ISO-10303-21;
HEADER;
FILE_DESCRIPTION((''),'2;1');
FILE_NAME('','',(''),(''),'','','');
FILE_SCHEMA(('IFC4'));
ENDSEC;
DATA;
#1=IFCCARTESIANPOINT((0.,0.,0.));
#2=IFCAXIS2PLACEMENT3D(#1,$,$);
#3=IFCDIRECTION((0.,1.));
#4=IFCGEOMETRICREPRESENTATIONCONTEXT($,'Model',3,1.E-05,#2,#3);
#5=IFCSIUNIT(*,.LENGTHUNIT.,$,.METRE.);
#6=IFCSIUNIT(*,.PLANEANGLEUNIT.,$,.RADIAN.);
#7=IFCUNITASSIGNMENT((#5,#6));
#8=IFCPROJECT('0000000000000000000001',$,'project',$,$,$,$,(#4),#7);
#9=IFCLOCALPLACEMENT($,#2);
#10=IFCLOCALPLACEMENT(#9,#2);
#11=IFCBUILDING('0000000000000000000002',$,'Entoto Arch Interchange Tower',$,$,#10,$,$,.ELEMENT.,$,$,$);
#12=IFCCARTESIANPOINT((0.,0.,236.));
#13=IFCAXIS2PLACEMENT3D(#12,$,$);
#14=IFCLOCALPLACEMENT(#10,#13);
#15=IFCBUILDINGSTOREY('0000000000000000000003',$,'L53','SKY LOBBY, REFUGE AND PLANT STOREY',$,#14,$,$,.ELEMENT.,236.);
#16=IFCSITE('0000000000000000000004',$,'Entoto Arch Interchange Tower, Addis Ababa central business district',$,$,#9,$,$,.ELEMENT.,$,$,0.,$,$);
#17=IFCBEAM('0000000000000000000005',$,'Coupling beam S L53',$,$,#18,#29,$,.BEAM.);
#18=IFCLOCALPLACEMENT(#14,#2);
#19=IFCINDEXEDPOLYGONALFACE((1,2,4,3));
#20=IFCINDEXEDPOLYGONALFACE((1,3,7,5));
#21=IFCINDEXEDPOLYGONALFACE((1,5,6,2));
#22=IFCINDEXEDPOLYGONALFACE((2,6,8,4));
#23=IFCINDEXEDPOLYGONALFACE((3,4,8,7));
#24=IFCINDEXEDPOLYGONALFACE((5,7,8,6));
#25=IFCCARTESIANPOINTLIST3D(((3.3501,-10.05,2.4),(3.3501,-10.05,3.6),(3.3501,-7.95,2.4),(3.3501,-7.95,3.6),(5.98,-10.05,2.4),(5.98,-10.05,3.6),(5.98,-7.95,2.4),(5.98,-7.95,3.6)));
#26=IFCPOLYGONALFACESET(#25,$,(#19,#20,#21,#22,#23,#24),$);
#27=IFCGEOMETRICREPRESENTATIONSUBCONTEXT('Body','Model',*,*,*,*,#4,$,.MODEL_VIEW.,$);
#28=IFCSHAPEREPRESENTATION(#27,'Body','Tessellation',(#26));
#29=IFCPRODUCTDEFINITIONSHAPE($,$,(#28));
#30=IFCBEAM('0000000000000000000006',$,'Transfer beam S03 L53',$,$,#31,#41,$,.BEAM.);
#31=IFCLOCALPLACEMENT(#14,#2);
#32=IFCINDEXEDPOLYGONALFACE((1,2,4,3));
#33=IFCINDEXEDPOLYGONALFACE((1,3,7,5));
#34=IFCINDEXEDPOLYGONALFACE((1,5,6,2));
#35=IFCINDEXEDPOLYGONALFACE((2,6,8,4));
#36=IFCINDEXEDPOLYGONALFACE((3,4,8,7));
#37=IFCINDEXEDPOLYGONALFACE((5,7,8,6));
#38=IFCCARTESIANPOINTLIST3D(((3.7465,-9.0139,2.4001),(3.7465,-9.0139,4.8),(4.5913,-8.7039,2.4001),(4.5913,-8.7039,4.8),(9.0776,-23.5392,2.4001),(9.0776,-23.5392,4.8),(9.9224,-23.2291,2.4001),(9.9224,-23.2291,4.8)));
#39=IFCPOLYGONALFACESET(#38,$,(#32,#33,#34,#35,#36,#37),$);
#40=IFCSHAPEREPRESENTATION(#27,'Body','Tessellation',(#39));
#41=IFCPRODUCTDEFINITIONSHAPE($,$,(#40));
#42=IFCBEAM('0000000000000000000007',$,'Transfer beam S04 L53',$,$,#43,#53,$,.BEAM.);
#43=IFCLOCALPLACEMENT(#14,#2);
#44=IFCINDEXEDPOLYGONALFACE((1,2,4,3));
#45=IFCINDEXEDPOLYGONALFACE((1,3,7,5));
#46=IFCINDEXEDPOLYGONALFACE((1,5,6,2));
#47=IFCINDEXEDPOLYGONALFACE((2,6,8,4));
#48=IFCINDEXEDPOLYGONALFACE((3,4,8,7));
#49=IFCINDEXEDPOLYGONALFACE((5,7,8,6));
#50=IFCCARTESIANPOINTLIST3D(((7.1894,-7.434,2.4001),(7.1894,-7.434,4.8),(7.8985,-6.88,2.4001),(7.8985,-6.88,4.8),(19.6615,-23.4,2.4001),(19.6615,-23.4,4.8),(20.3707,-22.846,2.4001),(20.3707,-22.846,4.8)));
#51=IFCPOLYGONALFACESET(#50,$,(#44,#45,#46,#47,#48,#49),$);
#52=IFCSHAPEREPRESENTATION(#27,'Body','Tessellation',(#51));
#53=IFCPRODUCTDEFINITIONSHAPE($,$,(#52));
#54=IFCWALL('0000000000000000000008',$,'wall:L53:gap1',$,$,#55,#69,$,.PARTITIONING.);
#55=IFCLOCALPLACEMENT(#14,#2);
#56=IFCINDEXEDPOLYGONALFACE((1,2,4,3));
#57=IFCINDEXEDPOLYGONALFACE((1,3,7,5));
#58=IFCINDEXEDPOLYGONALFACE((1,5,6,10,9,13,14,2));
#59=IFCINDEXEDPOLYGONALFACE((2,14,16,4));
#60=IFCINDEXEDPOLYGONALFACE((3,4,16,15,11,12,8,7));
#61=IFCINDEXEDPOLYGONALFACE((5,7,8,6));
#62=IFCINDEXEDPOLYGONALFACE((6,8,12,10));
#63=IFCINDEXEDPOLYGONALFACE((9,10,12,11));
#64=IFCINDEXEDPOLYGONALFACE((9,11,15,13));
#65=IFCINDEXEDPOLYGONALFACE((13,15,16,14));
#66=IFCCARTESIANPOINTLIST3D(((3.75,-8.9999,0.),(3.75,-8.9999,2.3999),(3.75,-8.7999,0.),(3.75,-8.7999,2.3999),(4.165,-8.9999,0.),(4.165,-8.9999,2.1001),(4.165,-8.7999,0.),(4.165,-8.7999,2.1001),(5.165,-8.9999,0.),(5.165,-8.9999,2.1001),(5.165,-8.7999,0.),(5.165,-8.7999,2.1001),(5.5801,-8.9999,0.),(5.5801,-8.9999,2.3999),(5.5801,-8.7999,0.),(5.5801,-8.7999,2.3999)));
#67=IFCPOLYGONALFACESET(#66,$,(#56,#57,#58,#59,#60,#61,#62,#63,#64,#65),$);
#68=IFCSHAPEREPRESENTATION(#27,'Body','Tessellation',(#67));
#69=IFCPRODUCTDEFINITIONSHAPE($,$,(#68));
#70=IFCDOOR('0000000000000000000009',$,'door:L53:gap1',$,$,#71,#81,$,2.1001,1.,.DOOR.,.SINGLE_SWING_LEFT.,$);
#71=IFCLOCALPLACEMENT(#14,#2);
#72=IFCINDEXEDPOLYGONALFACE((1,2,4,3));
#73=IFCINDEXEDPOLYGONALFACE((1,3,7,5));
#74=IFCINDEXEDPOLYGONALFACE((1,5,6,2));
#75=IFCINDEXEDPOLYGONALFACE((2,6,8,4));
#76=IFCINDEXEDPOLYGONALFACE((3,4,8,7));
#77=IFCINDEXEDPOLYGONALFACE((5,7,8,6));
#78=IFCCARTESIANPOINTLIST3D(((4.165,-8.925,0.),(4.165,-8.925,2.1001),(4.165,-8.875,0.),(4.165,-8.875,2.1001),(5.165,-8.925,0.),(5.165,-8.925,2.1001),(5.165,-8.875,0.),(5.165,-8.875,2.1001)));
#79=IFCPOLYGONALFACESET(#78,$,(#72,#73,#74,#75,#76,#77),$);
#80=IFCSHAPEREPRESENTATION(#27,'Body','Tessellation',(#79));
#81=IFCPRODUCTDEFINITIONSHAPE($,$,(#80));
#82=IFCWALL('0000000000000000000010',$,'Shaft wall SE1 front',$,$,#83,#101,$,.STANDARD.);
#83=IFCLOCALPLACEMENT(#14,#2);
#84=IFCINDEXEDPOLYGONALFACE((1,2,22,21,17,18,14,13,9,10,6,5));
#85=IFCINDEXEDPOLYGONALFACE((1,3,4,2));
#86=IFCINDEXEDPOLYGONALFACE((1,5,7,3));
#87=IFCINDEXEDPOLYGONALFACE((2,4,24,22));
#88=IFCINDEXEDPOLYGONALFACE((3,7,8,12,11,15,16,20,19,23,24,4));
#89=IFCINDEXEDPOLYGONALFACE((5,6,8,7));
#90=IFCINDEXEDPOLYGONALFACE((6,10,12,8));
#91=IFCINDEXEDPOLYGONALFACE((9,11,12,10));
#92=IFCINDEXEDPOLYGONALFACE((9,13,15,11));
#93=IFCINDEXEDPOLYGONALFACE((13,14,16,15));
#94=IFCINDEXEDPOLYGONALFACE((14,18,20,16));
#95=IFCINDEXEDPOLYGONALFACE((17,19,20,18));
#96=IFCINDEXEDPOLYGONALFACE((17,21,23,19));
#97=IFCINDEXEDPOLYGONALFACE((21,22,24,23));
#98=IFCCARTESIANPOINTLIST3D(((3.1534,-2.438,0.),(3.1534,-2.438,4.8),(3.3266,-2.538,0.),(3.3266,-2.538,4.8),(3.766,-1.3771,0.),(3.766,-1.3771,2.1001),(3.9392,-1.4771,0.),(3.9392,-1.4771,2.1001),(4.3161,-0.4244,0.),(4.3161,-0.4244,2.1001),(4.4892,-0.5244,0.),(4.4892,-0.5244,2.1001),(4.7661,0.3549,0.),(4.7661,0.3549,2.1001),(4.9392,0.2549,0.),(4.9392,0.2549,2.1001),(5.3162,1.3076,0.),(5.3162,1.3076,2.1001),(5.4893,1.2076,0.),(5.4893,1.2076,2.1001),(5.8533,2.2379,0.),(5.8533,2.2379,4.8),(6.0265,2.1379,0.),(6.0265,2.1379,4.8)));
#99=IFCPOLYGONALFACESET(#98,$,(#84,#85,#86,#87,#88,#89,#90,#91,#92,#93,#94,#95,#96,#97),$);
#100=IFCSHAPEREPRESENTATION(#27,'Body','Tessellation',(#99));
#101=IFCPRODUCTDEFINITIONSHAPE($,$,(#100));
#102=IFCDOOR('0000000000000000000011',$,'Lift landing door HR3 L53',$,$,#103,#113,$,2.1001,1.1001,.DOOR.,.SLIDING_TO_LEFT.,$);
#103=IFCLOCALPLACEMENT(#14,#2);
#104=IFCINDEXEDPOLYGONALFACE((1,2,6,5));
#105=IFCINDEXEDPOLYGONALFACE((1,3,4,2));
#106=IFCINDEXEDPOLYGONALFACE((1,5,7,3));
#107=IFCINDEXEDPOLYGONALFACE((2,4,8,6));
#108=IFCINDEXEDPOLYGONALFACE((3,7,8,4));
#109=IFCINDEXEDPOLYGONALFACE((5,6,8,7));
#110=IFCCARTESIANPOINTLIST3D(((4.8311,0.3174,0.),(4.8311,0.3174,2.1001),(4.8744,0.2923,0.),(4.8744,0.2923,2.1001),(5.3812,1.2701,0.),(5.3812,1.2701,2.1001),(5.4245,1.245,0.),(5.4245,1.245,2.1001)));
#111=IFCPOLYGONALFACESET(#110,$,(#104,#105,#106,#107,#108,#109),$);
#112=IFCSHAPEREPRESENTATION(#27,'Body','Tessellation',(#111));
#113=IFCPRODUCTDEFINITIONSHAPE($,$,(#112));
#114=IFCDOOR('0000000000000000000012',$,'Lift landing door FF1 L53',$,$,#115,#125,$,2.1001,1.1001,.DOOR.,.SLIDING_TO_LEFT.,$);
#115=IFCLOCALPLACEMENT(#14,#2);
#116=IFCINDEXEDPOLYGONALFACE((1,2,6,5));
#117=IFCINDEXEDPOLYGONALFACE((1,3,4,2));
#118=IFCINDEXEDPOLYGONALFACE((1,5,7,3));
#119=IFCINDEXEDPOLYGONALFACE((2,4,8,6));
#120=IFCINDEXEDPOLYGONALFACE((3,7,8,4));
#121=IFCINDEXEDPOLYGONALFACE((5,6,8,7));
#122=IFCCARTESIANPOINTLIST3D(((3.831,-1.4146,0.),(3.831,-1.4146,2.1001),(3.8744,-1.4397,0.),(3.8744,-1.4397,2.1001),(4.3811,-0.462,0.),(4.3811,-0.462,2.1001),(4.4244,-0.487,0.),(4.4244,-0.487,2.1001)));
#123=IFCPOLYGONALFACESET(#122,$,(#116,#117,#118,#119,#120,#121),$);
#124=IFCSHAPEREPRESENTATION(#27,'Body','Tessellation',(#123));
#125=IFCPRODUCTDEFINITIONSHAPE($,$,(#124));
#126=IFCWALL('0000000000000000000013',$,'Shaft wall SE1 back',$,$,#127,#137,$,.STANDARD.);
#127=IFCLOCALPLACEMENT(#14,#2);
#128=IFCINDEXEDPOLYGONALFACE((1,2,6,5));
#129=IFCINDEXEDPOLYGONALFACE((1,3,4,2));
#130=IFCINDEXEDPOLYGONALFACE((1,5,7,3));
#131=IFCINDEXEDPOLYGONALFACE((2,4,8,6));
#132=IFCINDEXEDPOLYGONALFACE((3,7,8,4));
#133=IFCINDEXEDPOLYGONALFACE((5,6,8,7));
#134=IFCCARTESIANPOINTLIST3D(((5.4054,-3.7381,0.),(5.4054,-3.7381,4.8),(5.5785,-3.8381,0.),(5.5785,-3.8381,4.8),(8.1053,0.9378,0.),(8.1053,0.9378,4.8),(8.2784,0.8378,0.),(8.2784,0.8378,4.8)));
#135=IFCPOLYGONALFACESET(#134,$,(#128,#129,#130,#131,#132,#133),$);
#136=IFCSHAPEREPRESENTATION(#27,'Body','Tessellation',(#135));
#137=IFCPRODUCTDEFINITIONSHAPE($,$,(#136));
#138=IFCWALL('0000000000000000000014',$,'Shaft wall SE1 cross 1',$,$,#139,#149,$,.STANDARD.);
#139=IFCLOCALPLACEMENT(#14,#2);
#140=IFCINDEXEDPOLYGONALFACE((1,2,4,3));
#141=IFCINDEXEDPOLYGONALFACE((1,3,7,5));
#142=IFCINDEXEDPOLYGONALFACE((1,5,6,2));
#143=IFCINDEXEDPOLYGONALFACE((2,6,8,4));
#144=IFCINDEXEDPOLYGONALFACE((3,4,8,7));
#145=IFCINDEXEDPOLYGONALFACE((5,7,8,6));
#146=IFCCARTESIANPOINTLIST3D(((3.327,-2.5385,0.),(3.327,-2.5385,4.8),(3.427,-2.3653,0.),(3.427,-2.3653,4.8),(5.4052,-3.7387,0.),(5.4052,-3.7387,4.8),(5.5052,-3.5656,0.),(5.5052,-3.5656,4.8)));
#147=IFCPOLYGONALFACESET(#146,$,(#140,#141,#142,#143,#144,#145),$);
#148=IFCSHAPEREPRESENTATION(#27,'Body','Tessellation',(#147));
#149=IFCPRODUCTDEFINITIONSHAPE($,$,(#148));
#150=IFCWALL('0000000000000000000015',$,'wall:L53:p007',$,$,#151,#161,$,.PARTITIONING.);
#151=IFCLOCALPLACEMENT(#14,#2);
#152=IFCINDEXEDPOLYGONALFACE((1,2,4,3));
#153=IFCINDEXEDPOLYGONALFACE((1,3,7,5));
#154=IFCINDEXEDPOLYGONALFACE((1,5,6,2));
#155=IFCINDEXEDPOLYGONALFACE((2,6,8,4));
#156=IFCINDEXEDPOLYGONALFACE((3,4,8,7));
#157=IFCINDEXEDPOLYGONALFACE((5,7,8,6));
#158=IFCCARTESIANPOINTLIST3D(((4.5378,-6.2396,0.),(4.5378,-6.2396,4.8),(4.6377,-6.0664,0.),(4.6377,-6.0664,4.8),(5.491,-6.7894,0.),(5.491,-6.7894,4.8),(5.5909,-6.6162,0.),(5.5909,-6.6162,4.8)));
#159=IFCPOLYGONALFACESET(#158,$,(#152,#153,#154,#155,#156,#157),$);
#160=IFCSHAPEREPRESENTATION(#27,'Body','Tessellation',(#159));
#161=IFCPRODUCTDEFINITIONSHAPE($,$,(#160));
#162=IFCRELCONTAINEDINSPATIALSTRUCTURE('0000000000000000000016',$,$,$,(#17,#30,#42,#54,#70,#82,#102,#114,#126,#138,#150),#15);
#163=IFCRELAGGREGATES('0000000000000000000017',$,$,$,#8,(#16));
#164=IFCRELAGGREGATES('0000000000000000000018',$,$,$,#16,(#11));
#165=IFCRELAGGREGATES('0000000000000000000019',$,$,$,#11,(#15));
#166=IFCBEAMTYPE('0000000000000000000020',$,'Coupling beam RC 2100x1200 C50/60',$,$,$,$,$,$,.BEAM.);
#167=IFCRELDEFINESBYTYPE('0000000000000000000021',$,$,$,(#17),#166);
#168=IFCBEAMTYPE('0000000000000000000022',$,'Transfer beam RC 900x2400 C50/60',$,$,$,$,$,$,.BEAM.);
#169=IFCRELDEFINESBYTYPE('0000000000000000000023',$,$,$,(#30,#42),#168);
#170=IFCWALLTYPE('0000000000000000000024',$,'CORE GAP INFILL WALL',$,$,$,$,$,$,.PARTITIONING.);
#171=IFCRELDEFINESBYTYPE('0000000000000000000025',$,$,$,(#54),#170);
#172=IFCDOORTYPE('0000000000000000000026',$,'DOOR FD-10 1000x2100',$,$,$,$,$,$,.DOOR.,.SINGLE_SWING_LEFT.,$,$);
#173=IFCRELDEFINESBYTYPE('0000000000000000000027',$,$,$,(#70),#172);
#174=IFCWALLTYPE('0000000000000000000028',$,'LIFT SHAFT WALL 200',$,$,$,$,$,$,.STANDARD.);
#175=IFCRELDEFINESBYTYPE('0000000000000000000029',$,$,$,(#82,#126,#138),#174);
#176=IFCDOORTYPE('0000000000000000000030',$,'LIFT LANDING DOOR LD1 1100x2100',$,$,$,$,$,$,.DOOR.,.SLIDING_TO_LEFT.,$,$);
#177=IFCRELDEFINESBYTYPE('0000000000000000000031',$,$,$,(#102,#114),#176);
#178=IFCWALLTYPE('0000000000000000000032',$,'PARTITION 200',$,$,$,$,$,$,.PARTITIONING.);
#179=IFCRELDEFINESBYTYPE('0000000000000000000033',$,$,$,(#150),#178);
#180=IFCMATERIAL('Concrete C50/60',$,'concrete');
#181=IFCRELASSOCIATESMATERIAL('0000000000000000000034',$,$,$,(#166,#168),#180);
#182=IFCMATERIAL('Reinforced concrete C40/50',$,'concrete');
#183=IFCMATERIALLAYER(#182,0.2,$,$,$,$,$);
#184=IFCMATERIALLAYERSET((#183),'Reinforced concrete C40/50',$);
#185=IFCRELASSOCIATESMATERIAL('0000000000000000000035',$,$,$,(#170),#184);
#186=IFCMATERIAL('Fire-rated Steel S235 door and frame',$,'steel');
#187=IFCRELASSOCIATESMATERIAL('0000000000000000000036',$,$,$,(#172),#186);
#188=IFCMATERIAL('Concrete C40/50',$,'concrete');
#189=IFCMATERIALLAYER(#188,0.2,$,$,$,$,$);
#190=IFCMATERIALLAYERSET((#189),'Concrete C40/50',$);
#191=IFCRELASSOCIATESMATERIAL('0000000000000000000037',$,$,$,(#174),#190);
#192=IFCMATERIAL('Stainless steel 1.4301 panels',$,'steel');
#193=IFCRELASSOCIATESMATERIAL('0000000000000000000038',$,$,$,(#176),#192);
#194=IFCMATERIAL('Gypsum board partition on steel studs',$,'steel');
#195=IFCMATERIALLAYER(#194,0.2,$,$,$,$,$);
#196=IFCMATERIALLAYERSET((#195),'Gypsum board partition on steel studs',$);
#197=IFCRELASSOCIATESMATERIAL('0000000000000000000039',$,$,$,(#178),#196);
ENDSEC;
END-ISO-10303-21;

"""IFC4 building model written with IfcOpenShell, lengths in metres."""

from ifc_helpers import new_model, si_unit, direction, frame, frame_2d, origin, origin_2d, place, context, subcontext, project, spatial, rectangle, extrude, material, layer, layer_set, material_profile, profile_set, type_object, element, fill, save


model = new_model("IFC4")

# Units and contexts
model_context = context("Model", 3, precision=1e-05, world=origin(), true_north=direction((0.0, 1.0)))
body_context = subcontext(model_context, "Body", "Model", "MODEL_VIEW")
ifc_project = project(units=[si_unit("LENGTHUNIT", "METRE"), si_unit("PLANEANGLEUNIT", "RADIAN")], contexts=[model_context])

# Site, building, storey
site_placement = place(None, origin())
site = spatial("IfcSite", under=ifc_project, at=site_placement, Name="Entoto Arch Interchange Tower, Addis Ababa central business district", CompositionType="ELEMENT", RefElevation=0.0)
building_placement = place(site_placement, origin())
building = spatial("IfcBuilding", under=site, at=building_placement, Name="Entoto Arch Interchange Tower", CompositionType="ELEMENT")
storey_placement = place(building_placement, frame((0.0, 0.0, 236.0)))
storey = spatial("IfcBuildingStorey", under=building, at=storey_placement, Name="L53", Description="SKY LOBBY, REFUGE AND PLANT STOREY", CompositionType="ELEMENT", Elevation=236.0)

# Beams
ifc_material_1 = material(Name="Concrete C50/60", Category="concrete")
ifc_material_profile_1 = material_profile(ifc_material_1, rectangle(XDim=2.1001, YDim=1.2, at=origin_2d()))
ifc_profile_set_1 = profile_set([ifc_material_profile_1], Name="Concrete C50/60")
beam_type_1 = type_object("IfcBeamType", Name="Coupling beam RC 2100x1200 C50/60", PredefinedType="BEAM", material=ifc_profile_set_1)
beam_1_placement = place(storey_placement, frame((3.3501, -9.0, 3.0), z_axis=(1.0, 0.0, 0.0), x_axis=(0.0, 1.0, 0.0)))
element("IfcBeam", 1, at=beam_1_placement, inside=storey, type_object=beam_type_1, Name="Coupling beam S L53", PredefinedType="BEAM", context=body_context, shape_type="SweptSolid", body=[
    extrude(rectangle(XDim=2.1001, YDim=1.2, at=origin_2d()), origin(), (0.0, 0.0, 1.0), 2.6299),
])
ifc_material_profile_2 = material_profile(ifc_material_1, rectangle(XDim=0.8999, YDim=2.3999, at=origin_2d()))
ifc_profile_set_2 = profile_set([ifc_material_profile_2], Name="Concrete C50/60")
beam_type_2 = type_object("IfcBeamType", Name="Transfer beam RC 900x2400 C50/60", PredefinedType="BEAM", material=ifc_profile_set_2)
beam_2_placement = place(storey_placement, frame((4.1689, -8.8589, 3.6001), z_axis=(0.344549, -0.938768, 0.0), x_axis=(0.938768, 0.344549, 0.0)))
element("IfcBeam", 2, at=beam_2_placement, inside=storey, type_object=beam_type_2, Name="Transfer beam S03 L53", PredefinedType="BEAM", context=body_context, shape_type="SweptSolid", body=[
    extrude(rectangle(XDim=0.8999, YDim=2.3999, at=origin_2d()), origin(), (0.0, 0.0, 1.0), 15.4727),
])
beam_3_placement = place(storey_placement, frame((7.5439, -7.157, 3.6001), z_axis=(0.615604, -0.788056, 0.0), x_axis=(0.788056, 0.615604, 0.0)))
element("IfcBeam", 3, at=beam_3_placement, inside=storey, type_object=beam_type_2, Name="Transfer beam S04 L53", PredefinedType="BEAM", context=body_context, shape_type="SweptSolid", body=[
    extrude(rectangle(XDim=0.8999, YDim=2.3999, at=origin_2d()), origin(), (0.0, 0.0, 1.0), 20.26),
])

# Wall, opening, door
ifc_material_2 = material(Name="Reinforced concrete C40/50", Category="concrete")
ifc_layer_1 = layer(ifc_material_2, 0.2)
ifc_layer_set_1 = layer_set([ifc_layer_1], Name="Reinforced concrete C40/50")
wall_type_1 = type_object("IfcWallType", Name="CORE GAP INFILL WALL", PredefinedType="PARTITIONING", material=ifc_layer_set_1)
wall_1_placement = place(storey_placement, frame((3.75, -8.8999, 0.0), z_axis=(0.0, 0.0, 1.0), x_axis=(1.0, 0.0, 0.0)))
wall_1 = element("IfcWall", 4, at=wall_1_placement, inside=storey, type_object=wall_type_1, Name="wall:L53:gap1", PredefinedType="PARTITIONING", context=body_context, shape_type="SweptSolid", body=[
    extrude(rectangle(XDim=1.8301, YDim=0.2, at=frame_2d((0.915, 0.0))), origin(), (0.0, 0.0, 1.0), 2.3999),
])
opening_1_placement = place(wall_1_placement, frame((0.415, 0.0, 0.0)))
opening_1 = element("IfcOpeningElement", 5, at=opening_1_placement, cuts=wall_1, PredefinedType="OPENING", context=body_context, shape_type="SweptSolid", body=[
    extrude(rectangle(XDim=1.0, YDim=2.1001, at=frame_2d((0.5, 1.05))), frame((0.0, 0.1099, 0.0), z_axis=(0.0, -1.0, 0.0), x_axis=(1.0, 0.0, 0.0)), (0.0, 0.0, 1.0), 0.22),
])
ifc_material_3 = material(Name="Fire-rated Steel S235 door and frame", Category="steel")
door_type_1 = type_object("IfcDoorType", Name="DOOR FD-10 1000x2100", OperationType="SINGLE_SWING_LEFT", PredefinedType="DOOR", material=ifc_material_3)
door_1_placement = place(opening_1_placement, origin())
door_1 = element("IfcDoor", 6, at=door_1_placement, inside=storey, type_object=door_type_1, Name="door:L53:gap1", OperationType="SINGLE_SWING_LEFT", OverallHeight=2.1001, OverallWidth=1.0, PredefinedType="DOOR", context=body_context, shape_type="SweptSolid", body=[
    extrude(rectangle(XDim=1.0, YDim=2.1001, at=frame_2d((0.5, 1.05))), frame((0.0, 0.0249, 0.0), z_axis=(0.0, -1.0, 0.0), x_axis=(1.0, 0.0, 0.0)), (0.0, 0.0, 1.0), 0.05),
])
fill(opening_1, door_1)

# Wall, openings, doors
ifc_material_4 = material(Name="Concrete C40/50", Category="concrete")
ifc_layer_2 = layer(ifc_material_4, 0.2)
ifc_layer_set_2 = layer_set([ifc_layer_2], Name="Concrete C40/50")
wall_type_2 = type_object("IfcWallType", Name="LIFT SHAFT WALL 200", PredefinedType="STANDARD", material=ifc_layer_set_2)
wall_2_placement = place(storey_placement, frame((3.24, -2.488, 0.0), z_axis=(0.0, 0.0, 1.0), x_axis=(0.500034, 0.866006, 0.0)))
wall_2 = element("IfcWall", 7, at=wall_2_placement, inside=storey, type_object=wall_type_2, Name="Shaft wall SE1 front", PredefinedType="STANDARD", context=body_context, shape_type="SweptSolid", body=[
    extrude(rectangle(XDim=5.3994, YDim=0.2, at=frame_2d((2.6997, 0.0))), origin(), (0.0, 0.0, 1.0), 4.8),
])
opening_2_placement = place(wall_2_placement, frame((3.2251, 0.0, 0.0)))
opening_2 = element("IfcOpeningElement", 8, at=opening_2_placement, cuts=wall_2, PredefinedType="OPENING", context=body_context, shape_type="SweptSolid", body=[
    extrude(rectangle(XDim=1.1001, YDim=2.1001, at=frame_2d((0.55, 1.05))), frame((0.0, 0.1099, 0.0), z_axis=(0.0, -1.0, 0.0), x_axis=(1.0, 0.0, 0.0)), (0.0, 0.0, 1.0), 0.22),
])
opening_3_placement = place(wall_2_placement, frame((1.2251, 0.0, 0.0)))
opening_3 = element("IfcOpeningElement", 9, at=opening_3_placement, cuts=wall_2, PredefinedType="OPENING", context=body_context, shape_type="SweptSolid", body=[
    extrude(rectangle(XDim=1.1001, YDim=2.1001, at=frame_2d((0.55, 1.05))), frame((0.0, 0.1099, 0.0), z_axis=(0.0, -1.0, 0.0), x_axis=(1.0, 0.0, 0.0)), (0.0, 0.0, 1.0), 0.22),
])
ifc_material_5 = material(Name="Stainless steel 1.4301 panels", Category="steel")
door_type_2 = type_object("IfcDoorType", Name="LIFT LANDING DOOR LD1 1100x2100", OperationType="SLIDING_TO_LEFT", PredefinedType="DOOR", material=ifc_material_5)
door_2_placement = place(opening_2_placement, origin())
door_2 = element("IfcDoor", 10, at=door_2_placement, inside=storey, type_object=door_type_2, Name="Lift landing door HR3 L53", OperationType="SLIDING_TO_LEFT", OverallHeight=2.1001, OverallWidth=1.1001, PredefinedType="DOOR", context=body_context, shape_type="SweptSolid", body=[
    extrude(rectangle(XDim=1.1001, YDim=2.1001, at=frame_2d((0.55, 1.05))), frame((0.0, 0.0249, 0.0), z_axis=(0.0, -1.0, 0.0), x_axis=(1.0, 0.0, 0.0)), (0.0, 0.0, 1.0), 0.05),
])
fill(opening_2, door_2)
door_3_placement = place(opening_3_placement, origin())
door_3 = element("IfcDoor", 11, at=door_3_placement, inside=storey, type_object=door_type_2, Name="Lift landing door FF1 L53", OperationType="SLIDING_TO_LEFT", OverallHeight=2.1001, OverallWidth=1.1001, PredefinedType="DOOR", context=body_context, shape_type="SweptSolid", body=[
    extrude(rectangle(XDim=1.1001, YDim=2.1001, at=frame_2d((0.55, 1.05))), frame((0.0, 0.0249, 0.0), z_axis=(0.0, -1.0, 0.0), x_axis=(1.0, 0.0, 0.0)), (0.0, 0.0, 1.0), 0.05),
])
fill(opening_3, door_3)

# Walls
wall_3_placement = place(storey_placement, frame((5.4919, -3.7881, 0.0), z_axis=(0.0, 0.0, 1.0), x_axis=(0.500034, 0.866006, 0.0)))
element("IfcWall", 12, at=wall_3_placement, inside=storey, type_object=wall_type_2, Name="Shaft wall SE1 back", PredefinedType="STANDARD", context=body_context, shape_type="SweptSolid", body=[
    extrude(rectangle(XDim=5.3994, YDim=0.2, at=frame_2d((2.6997, 0.0))), origin(), (0.0, 0.0, 1.0), 4.8),
])
wall_4_placement = place(storey_placement, frame((3.377, -2.4519, 0.0), z_axis=(0.0, 0.0, 1.0), x_axis=(0.865955, -0.500122, 0.0)))
element("IfcWall", 13, at=wall_4_placement, inside=storey, type_object=wall_type_2, Name="Shaft wall SE1 cross 1", PredefinedType="STANDARD", context=body_context, shape_type="SweptSolid", body=[
    extrude(rectangle(XDim=2.3999, YDim=0.2, at=frame_2d((1.2, 0.0))), origin(), (0.0, 0.0, 1.0), 4.8),
])
ifc_material_6 = material(Name="Gypsum board partition on steel studs", Category="steel")
ifc_layer_3 = layer(ifc_material_6, 0.2)
ifc_layer_set_3 = layer_set([ifc_layer_3], Name="Gypsum board partition on steel studs")
wall_type_3 = type_object("IfcWallType", Name="PARTITION 200", PredefinedType="PARTITIONING", material=ifc_layer_set_3)
wall_5_placement = place(storey_placement, frame((5.541, -6.7029, 0.0), z_axis=(0.0, 0.0, 1.0), x_axis=(-0.866215, 0.499671, 0.0)))
element("IfcWall", 14, at=wall_5_placement, inside=storey, type_object=wall_type_3, Name="wall:L53:p007", PredefinedType="PARTITIONING", context=body_context, shape_type="SweptSolid", body=[
    extrude(rectangle(XDim=1.1003, YDim=0.2, at=frame_2d((0.5503, 0.0))), origin(), (0.0, 0.0, 1.0), 4.8),
])

save(model, "model.ifc")
